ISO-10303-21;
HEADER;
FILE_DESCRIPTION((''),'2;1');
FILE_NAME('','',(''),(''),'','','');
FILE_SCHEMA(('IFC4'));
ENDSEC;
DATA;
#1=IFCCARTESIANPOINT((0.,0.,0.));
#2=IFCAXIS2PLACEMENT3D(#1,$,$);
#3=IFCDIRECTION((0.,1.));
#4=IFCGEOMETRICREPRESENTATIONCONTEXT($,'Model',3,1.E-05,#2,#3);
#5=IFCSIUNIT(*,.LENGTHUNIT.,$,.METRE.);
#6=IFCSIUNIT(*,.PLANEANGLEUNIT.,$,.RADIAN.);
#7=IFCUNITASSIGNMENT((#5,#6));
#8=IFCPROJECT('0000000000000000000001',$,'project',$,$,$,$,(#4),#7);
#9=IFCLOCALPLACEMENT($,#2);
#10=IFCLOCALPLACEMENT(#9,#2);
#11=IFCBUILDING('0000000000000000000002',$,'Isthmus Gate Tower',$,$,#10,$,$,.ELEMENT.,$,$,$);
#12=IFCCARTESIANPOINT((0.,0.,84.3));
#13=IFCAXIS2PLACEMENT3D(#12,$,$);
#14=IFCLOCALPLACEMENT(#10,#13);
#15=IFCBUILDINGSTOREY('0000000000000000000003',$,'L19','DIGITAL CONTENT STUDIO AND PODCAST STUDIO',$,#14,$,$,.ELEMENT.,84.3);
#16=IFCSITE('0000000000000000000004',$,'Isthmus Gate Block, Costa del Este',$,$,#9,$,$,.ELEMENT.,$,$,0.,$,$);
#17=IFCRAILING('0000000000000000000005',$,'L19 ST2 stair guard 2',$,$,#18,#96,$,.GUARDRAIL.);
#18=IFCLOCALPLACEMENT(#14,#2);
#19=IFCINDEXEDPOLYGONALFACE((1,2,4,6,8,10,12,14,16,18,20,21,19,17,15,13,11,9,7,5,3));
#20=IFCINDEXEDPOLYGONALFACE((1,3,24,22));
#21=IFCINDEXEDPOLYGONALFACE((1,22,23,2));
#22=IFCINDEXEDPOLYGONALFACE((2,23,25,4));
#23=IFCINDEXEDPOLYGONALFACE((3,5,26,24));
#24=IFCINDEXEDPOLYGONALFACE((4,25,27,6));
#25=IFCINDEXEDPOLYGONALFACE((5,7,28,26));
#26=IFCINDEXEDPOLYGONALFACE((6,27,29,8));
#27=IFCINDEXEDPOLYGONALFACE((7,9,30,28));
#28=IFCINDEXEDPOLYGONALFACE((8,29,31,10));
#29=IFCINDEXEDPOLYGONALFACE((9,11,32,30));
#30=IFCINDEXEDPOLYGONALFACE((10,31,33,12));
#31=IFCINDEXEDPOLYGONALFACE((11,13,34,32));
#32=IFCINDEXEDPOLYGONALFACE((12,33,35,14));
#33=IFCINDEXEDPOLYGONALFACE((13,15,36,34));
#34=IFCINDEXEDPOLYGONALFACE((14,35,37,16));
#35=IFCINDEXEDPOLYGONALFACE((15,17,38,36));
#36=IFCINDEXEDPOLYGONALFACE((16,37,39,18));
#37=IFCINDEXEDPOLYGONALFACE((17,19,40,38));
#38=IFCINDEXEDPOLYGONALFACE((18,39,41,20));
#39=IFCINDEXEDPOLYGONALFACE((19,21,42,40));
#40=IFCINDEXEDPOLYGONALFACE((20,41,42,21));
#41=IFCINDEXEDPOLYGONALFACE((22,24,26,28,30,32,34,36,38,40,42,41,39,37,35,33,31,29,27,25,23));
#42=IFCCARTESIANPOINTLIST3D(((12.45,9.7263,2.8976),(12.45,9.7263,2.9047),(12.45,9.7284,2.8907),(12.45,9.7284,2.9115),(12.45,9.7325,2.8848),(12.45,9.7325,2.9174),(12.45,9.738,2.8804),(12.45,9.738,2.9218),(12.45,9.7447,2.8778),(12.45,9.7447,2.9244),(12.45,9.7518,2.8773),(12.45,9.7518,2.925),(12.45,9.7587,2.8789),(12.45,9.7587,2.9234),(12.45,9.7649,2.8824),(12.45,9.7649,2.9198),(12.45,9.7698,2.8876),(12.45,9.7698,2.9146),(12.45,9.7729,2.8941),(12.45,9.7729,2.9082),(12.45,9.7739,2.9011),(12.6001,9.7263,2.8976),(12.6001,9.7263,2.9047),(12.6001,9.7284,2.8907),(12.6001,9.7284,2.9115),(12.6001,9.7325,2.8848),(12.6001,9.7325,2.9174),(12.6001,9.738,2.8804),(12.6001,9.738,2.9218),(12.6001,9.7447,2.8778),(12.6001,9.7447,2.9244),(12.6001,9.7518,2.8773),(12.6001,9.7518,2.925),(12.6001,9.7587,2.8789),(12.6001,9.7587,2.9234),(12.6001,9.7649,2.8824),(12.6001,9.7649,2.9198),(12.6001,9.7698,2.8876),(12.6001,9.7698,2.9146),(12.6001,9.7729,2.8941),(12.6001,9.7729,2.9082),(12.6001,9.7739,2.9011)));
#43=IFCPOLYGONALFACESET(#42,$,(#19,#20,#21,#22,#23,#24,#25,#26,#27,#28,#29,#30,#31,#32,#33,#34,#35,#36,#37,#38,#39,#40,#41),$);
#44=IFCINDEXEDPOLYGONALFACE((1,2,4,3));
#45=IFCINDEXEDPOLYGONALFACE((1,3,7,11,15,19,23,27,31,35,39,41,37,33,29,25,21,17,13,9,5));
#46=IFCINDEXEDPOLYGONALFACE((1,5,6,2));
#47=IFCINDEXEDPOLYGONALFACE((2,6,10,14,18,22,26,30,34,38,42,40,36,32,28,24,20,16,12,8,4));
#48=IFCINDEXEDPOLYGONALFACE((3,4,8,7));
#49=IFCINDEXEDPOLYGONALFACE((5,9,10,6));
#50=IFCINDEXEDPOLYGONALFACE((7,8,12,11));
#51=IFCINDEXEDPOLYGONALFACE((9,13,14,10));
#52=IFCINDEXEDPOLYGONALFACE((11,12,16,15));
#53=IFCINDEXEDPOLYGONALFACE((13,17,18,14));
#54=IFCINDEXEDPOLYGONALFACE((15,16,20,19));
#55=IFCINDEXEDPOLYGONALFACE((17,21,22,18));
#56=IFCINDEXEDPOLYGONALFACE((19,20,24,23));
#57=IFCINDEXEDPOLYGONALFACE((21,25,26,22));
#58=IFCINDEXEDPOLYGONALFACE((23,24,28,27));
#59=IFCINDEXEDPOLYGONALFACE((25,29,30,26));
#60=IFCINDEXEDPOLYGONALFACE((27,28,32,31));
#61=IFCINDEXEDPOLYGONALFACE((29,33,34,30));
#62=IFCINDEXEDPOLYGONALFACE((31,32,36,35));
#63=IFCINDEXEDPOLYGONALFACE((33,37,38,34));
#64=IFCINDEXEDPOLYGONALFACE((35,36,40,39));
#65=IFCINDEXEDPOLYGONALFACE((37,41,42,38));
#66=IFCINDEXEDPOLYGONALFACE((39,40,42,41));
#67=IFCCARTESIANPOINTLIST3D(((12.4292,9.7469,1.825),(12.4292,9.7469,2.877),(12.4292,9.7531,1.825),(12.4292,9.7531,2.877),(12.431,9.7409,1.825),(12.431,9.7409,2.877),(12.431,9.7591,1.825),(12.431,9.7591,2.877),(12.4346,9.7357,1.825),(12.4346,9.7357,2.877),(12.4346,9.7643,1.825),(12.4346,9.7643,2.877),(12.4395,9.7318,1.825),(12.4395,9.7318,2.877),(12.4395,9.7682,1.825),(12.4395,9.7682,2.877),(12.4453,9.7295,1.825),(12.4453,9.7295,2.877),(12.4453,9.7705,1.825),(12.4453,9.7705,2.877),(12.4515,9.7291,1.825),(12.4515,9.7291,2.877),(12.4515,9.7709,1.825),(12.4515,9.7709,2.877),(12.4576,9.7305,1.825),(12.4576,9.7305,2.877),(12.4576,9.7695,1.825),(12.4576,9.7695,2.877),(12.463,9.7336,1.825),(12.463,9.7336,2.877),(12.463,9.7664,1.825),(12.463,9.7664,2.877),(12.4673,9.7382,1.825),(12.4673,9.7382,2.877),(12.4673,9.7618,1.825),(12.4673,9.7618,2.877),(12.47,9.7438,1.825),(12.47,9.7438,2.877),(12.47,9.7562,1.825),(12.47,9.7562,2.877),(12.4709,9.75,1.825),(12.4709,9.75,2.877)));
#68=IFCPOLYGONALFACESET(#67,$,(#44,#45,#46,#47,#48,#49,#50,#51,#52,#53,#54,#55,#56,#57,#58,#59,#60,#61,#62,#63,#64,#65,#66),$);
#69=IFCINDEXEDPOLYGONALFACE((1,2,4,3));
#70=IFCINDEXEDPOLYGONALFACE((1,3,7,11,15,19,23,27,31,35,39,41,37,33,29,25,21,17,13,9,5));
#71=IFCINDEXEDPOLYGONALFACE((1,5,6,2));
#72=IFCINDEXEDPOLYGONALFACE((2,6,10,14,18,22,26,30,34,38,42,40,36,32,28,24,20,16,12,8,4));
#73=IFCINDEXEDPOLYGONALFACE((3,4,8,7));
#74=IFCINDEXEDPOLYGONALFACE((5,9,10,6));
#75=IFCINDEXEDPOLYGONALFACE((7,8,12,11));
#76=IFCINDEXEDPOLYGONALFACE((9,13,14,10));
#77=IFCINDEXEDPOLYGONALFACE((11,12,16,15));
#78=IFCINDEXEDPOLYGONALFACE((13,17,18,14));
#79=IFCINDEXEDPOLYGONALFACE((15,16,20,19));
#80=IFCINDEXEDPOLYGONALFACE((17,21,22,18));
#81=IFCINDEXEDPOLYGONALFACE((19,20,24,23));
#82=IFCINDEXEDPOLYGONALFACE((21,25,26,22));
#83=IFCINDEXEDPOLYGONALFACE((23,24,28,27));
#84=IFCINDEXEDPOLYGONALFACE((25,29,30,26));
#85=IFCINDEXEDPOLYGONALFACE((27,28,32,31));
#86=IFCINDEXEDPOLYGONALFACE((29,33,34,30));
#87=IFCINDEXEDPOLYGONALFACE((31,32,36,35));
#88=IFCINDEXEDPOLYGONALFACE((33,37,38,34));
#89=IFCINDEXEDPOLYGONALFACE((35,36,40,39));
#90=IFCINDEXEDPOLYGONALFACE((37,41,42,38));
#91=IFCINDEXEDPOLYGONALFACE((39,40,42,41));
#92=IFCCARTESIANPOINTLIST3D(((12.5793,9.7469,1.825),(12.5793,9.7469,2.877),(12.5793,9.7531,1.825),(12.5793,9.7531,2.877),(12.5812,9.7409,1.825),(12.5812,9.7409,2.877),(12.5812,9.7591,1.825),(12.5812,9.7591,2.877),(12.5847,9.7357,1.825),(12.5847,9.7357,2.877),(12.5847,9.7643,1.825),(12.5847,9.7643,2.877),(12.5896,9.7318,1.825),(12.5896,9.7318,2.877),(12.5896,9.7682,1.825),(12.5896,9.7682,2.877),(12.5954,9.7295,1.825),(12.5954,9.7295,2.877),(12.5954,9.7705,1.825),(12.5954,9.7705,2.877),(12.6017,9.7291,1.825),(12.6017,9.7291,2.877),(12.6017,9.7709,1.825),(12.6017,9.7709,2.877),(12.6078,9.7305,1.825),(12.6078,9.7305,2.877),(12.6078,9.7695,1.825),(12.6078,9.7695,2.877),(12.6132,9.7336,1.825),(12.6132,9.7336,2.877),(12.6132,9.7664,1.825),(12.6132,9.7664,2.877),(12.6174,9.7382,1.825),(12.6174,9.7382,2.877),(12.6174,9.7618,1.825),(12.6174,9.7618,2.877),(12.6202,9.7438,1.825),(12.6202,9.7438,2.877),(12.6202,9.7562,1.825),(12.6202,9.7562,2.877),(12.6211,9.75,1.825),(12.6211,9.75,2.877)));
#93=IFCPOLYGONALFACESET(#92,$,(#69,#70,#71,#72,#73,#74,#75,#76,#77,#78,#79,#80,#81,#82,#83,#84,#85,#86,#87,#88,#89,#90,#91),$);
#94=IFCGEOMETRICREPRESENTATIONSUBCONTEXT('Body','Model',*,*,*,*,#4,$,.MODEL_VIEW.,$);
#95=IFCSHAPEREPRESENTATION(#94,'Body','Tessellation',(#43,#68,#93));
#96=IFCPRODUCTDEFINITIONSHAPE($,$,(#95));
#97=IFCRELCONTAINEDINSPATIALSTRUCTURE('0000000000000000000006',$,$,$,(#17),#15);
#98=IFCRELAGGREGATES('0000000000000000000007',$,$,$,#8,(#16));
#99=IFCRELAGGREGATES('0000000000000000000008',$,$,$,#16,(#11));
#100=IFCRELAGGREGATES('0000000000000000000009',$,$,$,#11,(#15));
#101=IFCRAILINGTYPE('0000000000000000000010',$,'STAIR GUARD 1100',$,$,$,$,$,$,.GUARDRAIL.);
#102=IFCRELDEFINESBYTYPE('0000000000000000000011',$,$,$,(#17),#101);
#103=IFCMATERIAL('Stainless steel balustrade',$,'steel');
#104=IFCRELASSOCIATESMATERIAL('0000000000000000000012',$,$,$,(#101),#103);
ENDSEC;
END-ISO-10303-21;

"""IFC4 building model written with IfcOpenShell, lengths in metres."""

from ifc_helpers import new_model, si_unit, direction, frame, origin, origin_2d, place, context, subcontext, project, spatial, circle, extrude, material, type_object, element, save


model = new_model("IFC4")

# Units and contexts
model_context = context("Model", 3, precision=1e-05, world=origin(), true_north=direction((0.0, 1.0)))
body_context = subcontext(model_context, "Body", "Model", "MODEL_VIEW")
ifc_project = project(units=[si_unit("LENGTHUNIT", "METRE"), si_unit("PLANEANGLEUNIT", "RADIAN")], contexts=[model_context])

# Site, building, storey
site_placement = place(None, origin())
site = spatial("IfcSite", under=ifc_project, at=site_placement, Name="Isthmus Gate Block, Costa del Este", CompositionType="ELEMENT", RefElevation=0.0)
building_placement = place(site_placement, origin())
building = spatial("IfcBuilding", under=site, at=building_placement, Name="Isthmus Gate Tower", CompositionType="ELEMENT")
storey_placement = place(building_placement, frame((0.0, 0.0, 84.3)))
storey = spatial("IfcBuildingStorey", under=building, at=storey_placement, Name="L19", Description="DIGITAL CONTENT STUDIO AND PODCAST STUDIO", CompositionType="ELEMENT", Elevation=84.3)

# Railing
ifc_material_1 = material(Name="Stainless steel balustrade", Category="steel")
railing_type_1 = type_object("IfcRailingType", Name="STAIR GUARD 1100", PredefinedType="GUARDRAIL", material=ifc_material_1)
railing_1_placement = place(storey_placement, frame((12.45, 9.75, 1.825)))
element("IfcRailing", 1, at=railing_1_placement, inside=storey, type_object=railing_type_1, Name="L19 ST2 stair guard 2", PredefinedType="GUARDRAIL", context=body_context, shape_type="SweptSolid", body=[
    extrude(circle(Radius=0.0239, at=origin_2d()), frame((0.0, 0.0, 1.0762), z_axis=(1.0, 0.0, 0.0), x_axis=(0.0, 1.0, 0.0)), (0.0, 0.0, 1.0), 0.1501),
    extrude(circle(Radius=0.021, at=origin_2d()), origin(), (0.0, 0.0, 1.0), 1.052),
    extrude(circle(Radius=0.021, at=origin_2d()), frame((0.1501, 0.0, 0.0)), (0.0, 0.0, 1.0), 1.052),
])

save(model, "model.ifc")
